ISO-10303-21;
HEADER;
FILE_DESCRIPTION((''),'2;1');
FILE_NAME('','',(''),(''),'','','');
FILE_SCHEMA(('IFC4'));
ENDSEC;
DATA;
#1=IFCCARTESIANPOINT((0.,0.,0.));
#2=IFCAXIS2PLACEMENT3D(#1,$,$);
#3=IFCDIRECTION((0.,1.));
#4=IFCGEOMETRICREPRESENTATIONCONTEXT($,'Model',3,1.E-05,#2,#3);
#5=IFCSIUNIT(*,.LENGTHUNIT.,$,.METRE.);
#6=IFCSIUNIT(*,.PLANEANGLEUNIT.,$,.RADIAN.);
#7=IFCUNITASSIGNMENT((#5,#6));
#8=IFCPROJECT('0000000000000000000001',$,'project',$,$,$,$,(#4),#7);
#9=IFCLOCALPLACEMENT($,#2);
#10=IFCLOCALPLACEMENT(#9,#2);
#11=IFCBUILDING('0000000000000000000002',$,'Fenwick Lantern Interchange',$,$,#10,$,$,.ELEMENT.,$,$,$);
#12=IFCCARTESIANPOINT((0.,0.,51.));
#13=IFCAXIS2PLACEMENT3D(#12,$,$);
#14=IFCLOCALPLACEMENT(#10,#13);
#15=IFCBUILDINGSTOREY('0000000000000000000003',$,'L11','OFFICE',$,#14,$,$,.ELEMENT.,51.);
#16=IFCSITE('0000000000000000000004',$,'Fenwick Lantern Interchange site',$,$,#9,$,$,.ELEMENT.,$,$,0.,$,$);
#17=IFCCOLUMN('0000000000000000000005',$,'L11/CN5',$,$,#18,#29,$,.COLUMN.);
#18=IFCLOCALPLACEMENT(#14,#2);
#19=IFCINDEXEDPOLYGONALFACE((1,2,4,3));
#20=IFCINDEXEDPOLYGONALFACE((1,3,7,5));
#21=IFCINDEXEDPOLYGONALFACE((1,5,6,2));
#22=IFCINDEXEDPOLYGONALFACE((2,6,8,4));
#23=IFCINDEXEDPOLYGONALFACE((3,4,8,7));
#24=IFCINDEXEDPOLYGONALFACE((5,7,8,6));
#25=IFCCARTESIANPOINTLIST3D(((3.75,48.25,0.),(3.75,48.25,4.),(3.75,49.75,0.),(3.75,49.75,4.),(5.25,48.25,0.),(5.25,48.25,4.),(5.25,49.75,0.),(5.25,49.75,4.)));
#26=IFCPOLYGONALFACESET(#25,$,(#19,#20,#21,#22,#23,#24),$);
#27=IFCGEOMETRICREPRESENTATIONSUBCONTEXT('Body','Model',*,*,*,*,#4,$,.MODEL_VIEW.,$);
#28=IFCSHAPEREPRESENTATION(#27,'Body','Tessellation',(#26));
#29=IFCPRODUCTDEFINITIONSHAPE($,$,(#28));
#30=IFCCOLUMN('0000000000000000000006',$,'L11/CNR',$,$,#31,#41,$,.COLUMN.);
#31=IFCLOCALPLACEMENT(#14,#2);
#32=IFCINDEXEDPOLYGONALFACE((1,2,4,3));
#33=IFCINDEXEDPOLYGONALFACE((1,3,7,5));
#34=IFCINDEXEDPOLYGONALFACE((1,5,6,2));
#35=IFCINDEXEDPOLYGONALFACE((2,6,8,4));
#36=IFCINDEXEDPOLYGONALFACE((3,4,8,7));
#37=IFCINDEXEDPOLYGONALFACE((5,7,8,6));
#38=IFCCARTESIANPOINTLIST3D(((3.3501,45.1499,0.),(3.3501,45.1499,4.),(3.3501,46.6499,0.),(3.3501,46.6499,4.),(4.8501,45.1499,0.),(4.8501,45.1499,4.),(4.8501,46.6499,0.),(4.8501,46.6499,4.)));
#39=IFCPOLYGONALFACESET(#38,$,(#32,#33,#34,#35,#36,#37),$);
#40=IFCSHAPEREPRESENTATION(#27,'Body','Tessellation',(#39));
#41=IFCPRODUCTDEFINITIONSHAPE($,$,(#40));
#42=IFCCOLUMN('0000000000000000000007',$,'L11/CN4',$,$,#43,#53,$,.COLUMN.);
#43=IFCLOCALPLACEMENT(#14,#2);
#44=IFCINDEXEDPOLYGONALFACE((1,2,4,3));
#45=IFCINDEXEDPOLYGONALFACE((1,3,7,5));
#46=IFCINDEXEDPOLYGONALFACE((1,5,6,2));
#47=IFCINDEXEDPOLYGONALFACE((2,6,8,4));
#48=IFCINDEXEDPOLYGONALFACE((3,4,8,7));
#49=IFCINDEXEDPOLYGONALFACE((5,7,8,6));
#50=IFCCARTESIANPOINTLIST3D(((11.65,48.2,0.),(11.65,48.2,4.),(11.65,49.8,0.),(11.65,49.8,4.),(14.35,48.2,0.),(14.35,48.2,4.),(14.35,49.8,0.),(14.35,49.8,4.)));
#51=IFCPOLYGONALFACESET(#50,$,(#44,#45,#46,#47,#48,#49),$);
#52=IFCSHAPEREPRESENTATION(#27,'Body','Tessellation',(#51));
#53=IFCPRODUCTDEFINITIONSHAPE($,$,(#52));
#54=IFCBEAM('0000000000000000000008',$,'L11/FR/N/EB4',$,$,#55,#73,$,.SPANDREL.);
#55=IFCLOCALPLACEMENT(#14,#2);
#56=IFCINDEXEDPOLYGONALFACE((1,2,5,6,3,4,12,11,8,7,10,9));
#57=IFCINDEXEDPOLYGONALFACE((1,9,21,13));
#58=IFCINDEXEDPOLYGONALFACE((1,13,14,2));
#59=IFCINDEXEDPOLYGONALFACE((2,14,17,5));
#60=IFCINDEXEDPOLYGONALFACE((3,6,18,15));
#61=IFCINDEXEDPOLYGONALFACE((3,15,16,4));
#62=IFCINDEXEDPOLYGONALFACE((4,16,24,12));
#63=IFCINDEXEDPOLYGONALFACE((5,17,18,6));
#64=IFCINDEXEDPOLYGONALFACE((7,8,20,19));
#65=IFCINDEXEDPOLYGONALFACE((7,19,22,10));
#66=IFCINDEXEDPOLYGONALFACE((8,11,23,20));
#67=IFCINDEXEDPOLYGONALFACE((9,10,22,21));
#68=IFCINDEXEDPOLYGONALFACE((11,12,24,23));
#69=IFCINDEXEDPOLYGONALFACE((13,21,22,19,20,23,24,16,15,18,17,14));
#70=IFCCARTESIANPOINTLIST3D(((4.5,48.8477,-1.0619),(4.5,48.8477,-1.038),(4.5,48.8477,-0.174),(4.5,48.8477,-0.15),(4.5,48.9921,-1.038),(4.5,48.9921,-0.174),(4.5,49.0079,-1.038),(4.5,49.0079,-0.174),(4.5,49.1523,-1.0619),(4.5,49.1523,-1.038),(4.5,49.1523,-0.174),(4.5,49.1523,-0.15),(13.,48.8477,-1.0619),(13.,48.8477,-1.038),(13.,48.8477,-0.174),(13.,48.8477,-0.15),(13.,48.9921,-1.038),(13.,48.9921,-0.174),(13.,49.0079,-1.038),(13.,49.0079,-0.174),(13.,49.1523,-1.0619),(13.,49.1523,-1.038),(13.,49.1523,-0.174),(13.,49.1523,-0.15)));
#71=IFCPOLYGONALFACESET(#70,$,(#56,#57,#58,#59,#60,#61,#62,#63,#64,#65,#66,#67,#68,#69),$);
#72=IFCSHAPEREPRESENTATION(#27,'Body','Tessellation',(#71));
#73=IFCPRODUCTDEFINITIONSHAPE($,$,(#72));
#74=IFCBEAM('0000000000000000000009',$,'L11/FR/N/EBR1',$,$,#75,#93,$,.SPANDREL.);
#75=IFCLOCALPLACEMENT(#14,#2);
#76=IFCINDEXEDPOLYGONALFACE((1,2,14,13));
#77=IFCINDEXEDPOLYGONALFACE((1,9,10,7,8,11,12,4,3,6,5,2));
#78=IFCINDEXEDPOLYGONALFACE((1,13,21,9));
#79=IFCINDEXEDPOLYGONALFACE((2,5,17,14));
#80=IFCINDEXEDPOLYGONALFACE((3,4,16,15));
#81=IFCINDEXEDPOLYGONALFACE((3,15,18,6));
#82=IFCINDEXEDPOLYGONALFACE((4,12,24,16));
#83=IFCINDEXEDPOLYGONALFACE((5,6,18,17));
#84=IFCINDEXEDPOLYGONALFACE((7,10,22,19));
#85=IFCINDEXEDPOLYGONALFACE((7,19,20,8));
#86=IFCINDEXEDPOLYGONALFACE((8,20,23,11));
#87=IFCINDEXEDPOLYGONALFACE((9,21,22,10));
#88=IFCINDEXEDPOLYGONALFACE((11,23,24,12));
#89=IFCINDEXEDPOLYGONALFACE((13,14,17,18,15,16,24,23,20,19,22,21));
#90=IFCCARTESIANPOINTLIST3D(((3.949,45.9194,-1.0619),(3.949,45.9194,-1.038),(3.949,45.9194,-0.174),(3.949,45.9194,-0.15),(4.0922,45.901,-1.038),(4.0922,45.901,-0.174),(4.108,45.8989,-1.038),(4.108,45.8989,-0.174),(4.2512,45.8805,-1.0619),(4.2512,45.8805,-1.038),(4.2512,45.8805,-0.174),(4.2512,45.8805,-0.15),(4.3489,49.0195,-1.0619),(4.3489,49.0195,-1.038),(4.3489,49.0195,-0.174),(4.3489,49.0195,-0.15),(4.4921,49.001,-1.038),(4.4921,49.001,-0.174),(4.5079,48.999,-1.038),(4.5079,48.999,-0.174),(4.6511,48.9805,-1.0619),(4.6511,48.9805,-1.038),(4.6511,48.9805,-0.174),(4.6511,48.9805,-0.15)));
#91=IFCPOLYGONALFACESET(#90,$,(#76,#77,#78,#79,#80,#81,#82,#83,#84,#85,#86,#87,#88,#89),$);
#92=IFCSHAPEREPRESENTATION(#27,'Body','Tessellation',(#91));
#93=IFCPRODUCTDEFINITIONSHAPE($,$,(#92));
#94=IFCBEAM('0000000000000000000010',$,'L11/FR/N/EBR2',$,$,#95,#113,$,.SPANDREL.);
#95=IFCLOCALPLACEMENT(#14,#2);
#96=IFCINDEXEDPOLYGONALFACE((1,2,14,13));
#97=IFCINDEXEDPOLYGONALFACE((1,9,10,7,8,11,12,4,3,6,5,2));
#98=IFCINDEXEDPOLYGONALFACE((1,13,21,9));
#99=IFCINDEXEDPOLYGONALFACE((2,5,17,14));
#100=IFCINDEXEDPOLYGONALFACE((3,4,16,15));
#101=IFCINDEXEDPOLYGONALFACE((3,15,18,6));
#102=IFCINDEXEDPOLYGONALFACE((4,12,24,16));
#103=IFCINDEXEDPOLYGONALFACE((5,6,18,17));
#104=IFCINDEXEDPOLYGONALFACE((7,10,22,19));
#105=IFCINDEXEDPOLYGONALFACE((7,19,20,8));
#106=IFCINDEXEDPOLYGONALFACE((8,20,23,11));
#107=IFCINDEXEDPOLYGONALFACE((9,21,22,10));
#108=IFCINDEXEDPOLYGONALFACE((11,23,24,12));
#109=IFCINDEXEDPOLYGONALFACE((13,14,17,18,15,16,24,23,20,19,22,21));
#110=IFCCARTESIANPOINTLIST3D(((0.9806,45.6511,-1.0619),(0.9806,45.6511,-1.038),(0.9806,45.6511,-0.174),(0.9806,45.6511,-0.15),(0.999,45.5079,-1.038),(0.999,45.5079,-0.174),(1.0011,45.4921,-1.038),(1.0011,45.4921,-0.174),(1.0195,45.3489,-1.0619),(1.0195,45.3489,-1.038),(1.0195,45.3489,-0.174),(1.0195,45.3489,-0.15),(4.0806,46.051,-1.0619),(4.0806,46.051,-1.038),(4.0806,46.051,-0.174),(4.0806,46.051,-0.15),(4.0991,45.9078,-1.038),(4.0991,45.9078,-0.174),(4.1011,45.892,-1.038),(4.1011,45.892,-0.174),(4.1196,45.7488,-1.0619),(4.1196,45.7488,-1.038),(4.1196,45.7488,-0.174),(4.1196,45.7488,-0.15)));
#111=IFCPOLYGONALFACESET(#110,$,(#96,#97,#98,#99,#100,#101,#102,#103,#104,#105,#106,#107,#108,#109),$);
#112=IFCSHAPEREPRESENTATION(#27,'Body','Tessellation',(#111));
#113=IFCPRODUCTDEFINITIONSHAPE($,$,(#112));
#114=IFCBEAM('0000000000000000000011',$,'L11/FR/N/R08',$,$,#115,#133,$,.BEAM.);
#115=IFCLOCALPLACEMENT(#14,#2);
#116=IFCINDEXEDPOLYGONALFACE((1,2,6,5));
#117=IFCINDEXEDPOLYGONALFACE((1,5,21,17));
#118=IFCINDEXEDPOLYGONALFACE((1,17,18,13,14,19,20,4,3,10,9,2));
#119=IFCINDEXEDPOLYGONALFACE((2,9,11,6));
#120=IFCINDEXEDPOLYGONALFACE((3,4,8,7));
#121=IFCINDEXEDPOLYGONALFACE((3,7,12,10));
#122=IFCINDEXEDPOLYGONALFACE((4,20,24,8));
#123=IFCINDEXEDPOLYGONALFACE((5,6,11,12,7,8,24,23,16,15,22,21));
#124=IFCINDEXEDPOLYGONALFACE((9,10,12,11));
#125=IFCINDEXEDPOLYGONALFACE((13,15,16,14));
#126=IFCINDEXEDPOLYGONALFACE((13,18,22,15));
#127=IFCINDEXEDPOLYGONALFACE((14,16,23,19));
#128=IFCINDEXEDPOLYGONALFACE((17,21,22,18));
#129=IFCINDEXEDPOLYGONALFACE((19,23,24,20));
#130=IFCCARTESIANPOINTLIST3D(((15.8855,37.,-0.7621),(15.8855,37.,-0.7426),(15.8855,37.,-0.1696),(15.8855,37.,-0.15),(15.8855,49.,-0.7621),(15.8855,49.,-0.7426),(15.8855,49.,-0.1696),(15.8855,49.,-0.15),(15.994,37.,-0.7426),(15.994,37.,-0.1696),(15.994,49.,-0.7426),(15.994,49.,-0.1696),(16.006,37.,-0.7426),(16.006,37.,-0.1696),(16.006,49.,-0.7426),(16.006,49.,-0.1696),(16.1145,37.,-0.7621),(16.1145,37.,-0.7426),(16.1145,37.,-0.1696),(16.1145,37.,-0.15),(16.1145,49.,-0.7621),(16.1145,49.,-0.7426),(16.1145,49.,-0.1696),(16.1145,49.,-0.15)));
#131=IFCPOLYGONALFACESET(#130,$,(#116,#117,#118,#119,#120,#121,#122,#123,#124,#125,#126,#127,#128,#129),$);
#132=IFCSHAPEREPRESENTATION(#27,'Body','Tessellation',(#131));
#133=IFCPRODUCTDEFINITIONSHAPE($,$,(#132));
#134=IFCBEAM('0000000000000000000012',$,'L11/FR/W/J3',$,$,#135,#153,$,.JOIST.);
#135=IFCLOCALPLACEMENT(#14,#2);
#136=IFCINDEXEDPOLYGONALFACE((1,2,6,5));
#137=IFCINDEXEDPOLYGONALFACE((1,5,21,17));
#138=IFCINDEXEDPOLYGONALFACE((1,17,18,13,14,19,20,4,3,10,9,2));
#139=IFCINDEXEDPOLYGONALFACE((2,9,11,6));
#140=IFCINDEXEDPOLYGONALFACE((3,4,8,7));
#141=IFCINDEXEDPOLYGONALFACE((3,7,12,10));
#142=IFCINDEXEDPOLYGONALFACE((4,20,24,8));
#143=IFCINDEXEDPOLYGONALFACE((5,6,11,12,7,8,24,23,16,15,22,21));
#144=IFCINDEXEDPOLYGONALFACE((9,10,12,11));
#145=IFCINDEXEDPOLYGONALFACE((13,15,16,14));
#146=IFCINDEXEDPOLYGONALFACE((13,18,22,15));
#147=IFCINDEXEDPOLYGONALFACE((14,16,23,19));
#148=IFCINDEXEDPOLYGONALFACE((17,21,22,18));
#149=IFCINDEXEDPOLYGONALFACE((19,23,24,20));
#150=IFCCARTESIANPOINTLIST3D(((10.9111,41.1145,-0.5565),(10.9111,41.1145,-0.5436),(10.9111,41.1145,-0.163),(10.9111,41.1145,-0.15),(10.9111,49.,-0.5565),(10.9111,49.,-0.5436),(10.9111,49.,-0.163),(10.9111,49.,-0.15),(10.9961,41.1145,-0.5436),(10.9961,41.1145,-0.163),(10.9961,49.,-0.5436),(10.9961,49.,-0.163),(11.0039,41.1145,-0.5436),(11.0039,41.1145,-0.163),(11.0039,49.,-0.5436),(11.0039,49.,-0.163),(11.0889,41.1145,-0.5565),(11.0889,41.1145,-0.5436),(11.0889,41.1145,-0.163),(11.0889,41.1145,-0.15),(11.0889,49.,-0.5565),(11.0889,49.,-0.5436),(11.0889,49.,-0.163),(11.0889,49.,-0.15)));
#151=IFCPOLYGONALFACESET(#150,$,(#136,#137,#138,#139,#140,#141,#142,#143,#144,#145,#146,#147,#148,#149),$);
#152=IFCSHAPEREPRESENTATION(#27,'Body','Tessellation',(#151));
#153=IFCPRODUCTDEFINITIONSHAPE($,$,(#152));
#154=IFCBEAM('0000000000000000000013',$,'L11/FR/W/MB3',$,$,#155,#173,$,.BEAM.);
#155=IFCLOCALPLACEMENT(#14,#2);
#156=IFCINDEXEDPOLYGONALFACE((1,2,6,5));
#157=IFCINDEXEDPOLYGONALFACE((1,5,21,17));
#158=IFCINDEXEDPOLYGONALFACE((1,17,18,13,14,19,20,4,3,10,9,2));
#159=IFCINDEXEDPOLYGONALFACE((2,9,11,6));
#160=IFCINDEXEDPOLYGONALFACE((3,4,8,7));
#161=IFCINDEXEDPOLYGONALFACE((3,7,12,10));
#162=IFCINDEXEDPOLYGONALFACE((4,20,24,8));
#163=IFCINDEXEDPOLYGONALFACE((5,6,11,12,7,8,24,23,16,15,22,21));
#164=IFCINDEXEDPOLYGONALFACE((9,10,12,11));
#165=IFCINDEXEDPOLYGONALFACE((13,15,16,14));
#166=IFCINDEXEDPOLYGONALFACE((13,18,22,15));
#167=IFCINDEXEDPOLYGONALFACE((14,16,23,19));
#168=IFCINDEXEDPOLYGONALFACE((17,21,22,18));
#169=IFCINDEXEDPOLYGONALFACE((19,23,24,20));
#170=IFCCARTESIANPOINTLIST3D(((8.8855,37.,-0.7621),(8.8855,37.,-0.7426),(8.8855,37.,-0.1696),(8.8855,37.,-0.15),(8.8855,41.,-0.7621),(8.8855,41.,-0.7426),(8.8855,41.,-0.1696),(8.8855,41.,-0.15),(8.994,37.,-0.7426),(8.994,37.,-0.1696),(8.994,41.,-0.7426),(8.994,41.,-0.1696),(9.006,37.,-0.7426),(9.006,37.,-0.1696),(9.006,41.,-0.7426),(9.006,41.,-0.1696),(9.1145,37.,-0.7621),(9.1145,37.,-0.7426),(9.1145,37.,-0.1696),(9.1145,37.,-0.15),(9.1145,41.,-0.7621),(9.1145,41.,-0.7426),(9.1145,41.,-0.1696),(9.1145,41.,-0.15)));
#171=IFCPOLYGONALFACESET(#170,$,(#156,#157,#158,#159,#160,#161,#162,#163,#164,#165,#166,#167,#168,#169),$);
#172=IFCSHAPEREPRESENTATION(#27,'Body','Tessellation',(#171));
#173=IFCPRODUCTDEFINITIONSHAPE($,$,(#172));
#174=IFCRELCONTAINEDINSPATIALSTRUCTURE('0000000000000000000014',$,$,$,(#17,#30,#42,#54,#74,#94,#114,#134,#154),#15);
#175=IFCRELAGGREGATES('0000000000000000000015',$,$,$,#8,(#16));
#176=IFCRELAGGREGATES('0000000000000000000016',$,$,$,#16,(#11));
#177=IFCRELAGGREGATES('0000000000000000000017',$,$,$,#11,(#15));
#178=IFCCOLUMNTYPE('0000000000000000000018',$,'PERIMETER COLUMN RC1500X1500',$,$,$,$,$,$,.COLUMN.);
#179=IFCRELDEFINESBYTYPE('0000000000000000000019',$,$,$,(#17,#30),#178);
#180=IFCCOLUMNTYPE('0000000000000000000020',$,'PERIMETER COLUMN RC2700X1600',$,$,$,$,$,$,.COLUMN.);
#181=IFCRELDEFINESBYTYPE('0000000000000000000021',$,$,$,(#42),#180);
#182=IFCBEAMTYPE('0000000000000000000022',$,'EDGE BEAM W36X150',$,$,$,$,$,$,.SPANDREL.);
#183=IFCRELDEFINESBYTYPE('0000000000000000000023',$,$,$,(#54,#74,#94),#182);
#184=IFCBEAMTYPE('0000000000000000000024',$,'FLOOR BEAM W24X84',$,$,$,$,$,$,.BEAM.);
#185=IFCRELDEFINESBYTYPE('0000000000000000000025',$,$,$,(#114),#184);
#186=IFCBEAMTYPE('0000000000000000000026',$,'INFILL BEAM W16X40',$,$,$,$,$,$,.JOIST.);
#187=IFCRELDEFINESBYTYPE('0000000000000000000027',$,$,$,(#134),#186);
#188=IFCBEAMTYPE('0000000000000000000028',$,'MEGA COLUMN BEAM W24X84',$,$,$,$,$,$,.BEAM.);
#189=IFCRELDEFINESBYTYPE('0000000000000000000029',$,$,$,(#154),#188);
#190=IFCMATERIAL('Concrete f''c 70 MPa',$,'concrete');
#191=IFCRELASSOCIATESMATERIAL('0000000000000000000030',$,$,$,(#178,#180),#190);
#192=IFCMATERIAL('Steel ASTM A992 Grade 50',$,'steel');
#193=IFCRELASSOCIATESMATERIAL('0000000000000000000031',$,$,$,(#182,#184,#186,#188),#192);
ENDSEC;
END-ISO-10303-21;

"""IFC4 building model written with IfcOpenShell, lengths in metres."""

from ifc_helpers import new_model, si_unit, direction, frame, origin, origin_2d, place, context, subcontext, project, spatial, rectangle, i_section, extrude, material, material_profile, profile_set, type_object, element, save


model = new_model("IFC4")

# Units and contexts
model_context = context("Model", 3, precision=1e-05, world=origin(), true_north=direction((0.0, 1.0)))
body_context = subcontext(model_context, "Body", "Model", "MODEL_VIEW")
ifc_project = project(units=[si_unit("LENGTHUNIT", "METRE"), si_unit("PLANEANGLEUNIT", "RADIAN")], contexts=[model_context])

# Site, building, storey
site_placement = place(None, origin())
site = spatial("IfcSite", under=ifc_project, at=site_placement, Name="Fenwick Lantern Interchange site", CompositionType="ELEMENT", RefElevation=0.0)
building_placement = place(site_placement, origin())
building = spatial("IfcBuilding", under=site, at=building_placement, Name="Fenwick Lantern Interchange", CompositionType="ELEMENT")
storey_placement = place(building_placement, frame((0.0, 0.0, 51.0)))
storey = spatial("IfcBuildingStorey", under=building, at=storey_placement, Name="L11", Description="OFFICE", CompositionType="ELEMENT", Elevation=51.0)

# Columns
ifc_material_1 = material(Name="Concrete f'c 70 MPa", Category="concrete")
ifc_material_profile_1 = material_profile(ifc_material_1, rectangle(XDim=1.5, YDim=1.5, at=origin_2d()), Name="RC1500X1500")
ifc_profile_set_1 = profile_set([ifc_material_profile_1], Name="Concrete f'c 70 MPa")
column_type_1 = type_object("IfcColumnType", Name="PERIMETER COLUMN RC1500X1500", PredefinedType="COLUMN", material=ifc_profile_set_1)
for number, where, z_axis, x_axis, name in (
    (1, (4.5, 49.0, 0.0), (0.0, 0.0, 1.0), (1.0, 0.0, 0.0), "L11/CN5"),
    (2, (4.1001, 45.8999, 0.0), (0.0, 0.0, 1.0), (1.0, 0.0, 0.0), "L11/CNR"),
):
    element("IfcColumn", number, at=place(storey_placement, frame(where, z_axis=z_axis, x_axis=x_axis)), inside=storey, type_object=column_type_1, Name=name, PredefinedType="COLUMN", context=body_context, shape_type="SweptSolid", body=[
        extrude(rectangle(XDim=1.5, YDim=1.5, at=origin_2d()), origin(), (0.0, 0.0, 1.0), 4.0),
    ])
ifc_material_profile_2 = material_profile(ifc_material_1, rectangle(XDim=2.7, YDim=1.6001, at=origin_2d()), Name="RC2700X1600")
ifc_profile_set_2 = profile_set([ifc_material_profile_2], Name="Concrete f'c 70 MPa")
column_type_2 = type_object("IfcColumnType", Name="PERIMETER COLUMN RC2700X1600", PredefinedType="COLUMN", material=ifc_profile_set_2)
column_placement = place(storey_placement, frame((13.0, 49.0, 0.0), z_axis=(0.0, 0.0, 1.0), x_axis=(1.0, 0.0, 0.0)))
element("IfcColumn", 3, at=column_placement, inside=storey, type_object=column_type_2, Name="L11/CN4", PredefinedType="COLUMN", context=body_context, shape_type="SweptSolid", body=[
    extrude(rectangle(XDim=2.7, YDim=1.6001, at=origin_2d()), origin(), (0.0, 0.0, 1.0), 4.0),
])

# Beams
ifc_material_2 = material(Name="Steel ASTM A992 Grade 50", Category="steel")
ifc_material_profile_3 = material_profile(ifc_material_2, i_section(OverallWidth=0.3047, OverallDepth=0.9119, WebThickness=0.0159, FlangeThickness=0.0239, at=origin_2d()), Name="W36X150")
ifc_profile_set_3 = profile_set([ifc_material_profile_3], Name="Steel ASTM A992 Grade 50")
beam_type_1 = type_object("IfcBeamType", Name="EDGE BEAM W36X150", PredefinedType="SPANDREL", material=ifc_profile_set_3)
beam_1_placement = place(storey_placement, frame((13.0, 49.0, -0.606), z_axis=(-1.0, 0.0, 0.0), x_axis=(0.0, -1.0, 0.0)))
element("IfcBeam", 4, at=beam_1_placement, inside=storey, type_object=beam_type_1, Name="L11/FR/N/EB4", PredefinedType="SPANDREL", context=body_context, shape_type="SweptSolid", body=[
    extrude(i_section(OverallWidth=0.3047, OverallDepth=0.9119, WebThickness=0.0159, FlangeThickness=0.0239, at=origin_2d()), origin(), (0.0, 0.0, 1.0), 8.5),
])
for number, where, z_axis, x_axis, name in (
    (5, (4.5, 49.0, -0.606), (-0.127937, -0.991782, 0.0), (0.991782, -0.127937, 0.0), "L11/FR/N/EBR1"),
    (6, (4.1001, 45.8999, -0.606), (-0.991782, -0.127937, 0.0), (0.127937, -0.991782, 0.0), "L11/FR/N/EBR2"),
):
    element("IfcBeam", number, at=place(storey_placement, frame(where, z_axis=z_axis, x_axis=x_axis)), inside=storey, type_object=beam_type_1, Name=name, PredefinedType="SPANDREL", context=body_context, shape_type="SweptSolid", body=[
        extrude(i_section(OverallWidth=0.3047, OverallDepth=0.9119, WebThickness=0.0159, FlangeThickness=0.0239, at=origin_2d()), origin(), (0.0, 0.0, 1.0), 3.1257),
    ])
ifc_material_profile_4 = material_profile(ifc_material_2, i_section(OverallWidth=0.229, OverallDepth=0.6121, WebThickness=0.012, FlangeThickness=0.0195, at=origin_2d()), Name="W24X84")
ifc_profile_set_4 = profile_set([ifc_material_profile_4], Name="Steel ASTM A992 Grade 50")
beam_type_2 = type_object("IfcBeamType", Name="FLOOR BEAM W24X84", PredefinedType="BEAM", material=ifc_profile_set_4)
beam_2_placement = place(storey_placement, frame((16.0, 49.0, -0.4561), z_axis=(0.0, -1.0, 0.0), x_axis=(1.0, 0.0, 0.0)))
element("IfcBeam", 7, at=beam_2_placement, inside=storey, type_object=beam_type_2, Name="L11/FR/N/R08", PredefinedType="BEAM", context=body_context, shape_type="SweptSolid", body=[
    extrude(i_section(OverallWidth=0.229, OverallDepth=0.6121, WebThickness=0.012, FlangeThickness=0.0195, at=origin_2d()), origin(), (0.0, 0.0, 1.0), 12.0),
])
ifc_material_profile_5 = material_profile(ifc_material_2, i_section(OverallWidth=0.1777, OverallDepth=0.4065, WebThickness=0.0078, FlangeThickness=0.0129, at=origin_2d()), Name="W16X40")
ifc_profile_set_5 = profile_set([ifc_material_profile_5], Name="Steel ASTM A992 Grade 50")
beam_type_3 = type_object("IfcBeamType", Name="INFILL BEAM W16X40", PredefinedType="JOIST", material=ifc_profile_set_5)
beam_3_placement = place(storey_placement, frame((11.0, 49.0, -0.3533), z_axis=(0.0, -1.0, 0.0), x_axis=(1.0, 0.0, 0.0)))
element("IfcBeam", 8, at=beam_3_placement, inside=storey, type_object=beam_type_3, Name="L11/FR/W/J3", PredefinedType="JOIST", context=body_context, shape_type="SweptSolid", body=[
    extrude(i_section(OverallWidth=0.1777, OverallDepth=0.4065, WebThickness=0.0078, FlangeThickness=0.0129, at=origin_2d()), origin(), (0.0, 0.0, 1.0), 7.8855),
])
ifc_material_profile_6 = material_profile(ifc_material_2, i_section(OverallWidth=0.229, OverallDepth=0.6121, WebThickness=0.012, FlangeThickness=0.0195, at=origin_2d()), Name="W24X84")
ifc_profile_set_6 = profile_set([ifc_material_profile_6], Name="Steel ASTM A992 Grade 50")
beam_type_4 = type_object("IfcBeamType", Name="MEGA COLUMN BEAM W24X84", PredefinedType="BEAM", material=ifc_profile_set_6)
for number, where, z_axis, x_axis, name in (
    (9, (9.0, 41.0, -0.4561), (0.0, -1.0, 0.0), (1.0, 0.0, 0.0), "L11/FR/W/MB3"),
):
    element("IfcBeam", number, at=place(storey_placement, frame(where, z_axis=z_axis, x_axis=x_axis)), inside=storey, type_object=beam_type_4, Name=name, PredefinedType="BEAM", context=body_context, shape_type="SweptSolid", body=[
        extrude(i_section(OverallWidth=0.229, OverallDepth=0.6121, WebThickness=0.012, FlangeThickness=0.0195, at=origin_2d()), origin(), (0.0, 0.0, 1.0), 4.0),
    ])

save(model, "model.ifc")
